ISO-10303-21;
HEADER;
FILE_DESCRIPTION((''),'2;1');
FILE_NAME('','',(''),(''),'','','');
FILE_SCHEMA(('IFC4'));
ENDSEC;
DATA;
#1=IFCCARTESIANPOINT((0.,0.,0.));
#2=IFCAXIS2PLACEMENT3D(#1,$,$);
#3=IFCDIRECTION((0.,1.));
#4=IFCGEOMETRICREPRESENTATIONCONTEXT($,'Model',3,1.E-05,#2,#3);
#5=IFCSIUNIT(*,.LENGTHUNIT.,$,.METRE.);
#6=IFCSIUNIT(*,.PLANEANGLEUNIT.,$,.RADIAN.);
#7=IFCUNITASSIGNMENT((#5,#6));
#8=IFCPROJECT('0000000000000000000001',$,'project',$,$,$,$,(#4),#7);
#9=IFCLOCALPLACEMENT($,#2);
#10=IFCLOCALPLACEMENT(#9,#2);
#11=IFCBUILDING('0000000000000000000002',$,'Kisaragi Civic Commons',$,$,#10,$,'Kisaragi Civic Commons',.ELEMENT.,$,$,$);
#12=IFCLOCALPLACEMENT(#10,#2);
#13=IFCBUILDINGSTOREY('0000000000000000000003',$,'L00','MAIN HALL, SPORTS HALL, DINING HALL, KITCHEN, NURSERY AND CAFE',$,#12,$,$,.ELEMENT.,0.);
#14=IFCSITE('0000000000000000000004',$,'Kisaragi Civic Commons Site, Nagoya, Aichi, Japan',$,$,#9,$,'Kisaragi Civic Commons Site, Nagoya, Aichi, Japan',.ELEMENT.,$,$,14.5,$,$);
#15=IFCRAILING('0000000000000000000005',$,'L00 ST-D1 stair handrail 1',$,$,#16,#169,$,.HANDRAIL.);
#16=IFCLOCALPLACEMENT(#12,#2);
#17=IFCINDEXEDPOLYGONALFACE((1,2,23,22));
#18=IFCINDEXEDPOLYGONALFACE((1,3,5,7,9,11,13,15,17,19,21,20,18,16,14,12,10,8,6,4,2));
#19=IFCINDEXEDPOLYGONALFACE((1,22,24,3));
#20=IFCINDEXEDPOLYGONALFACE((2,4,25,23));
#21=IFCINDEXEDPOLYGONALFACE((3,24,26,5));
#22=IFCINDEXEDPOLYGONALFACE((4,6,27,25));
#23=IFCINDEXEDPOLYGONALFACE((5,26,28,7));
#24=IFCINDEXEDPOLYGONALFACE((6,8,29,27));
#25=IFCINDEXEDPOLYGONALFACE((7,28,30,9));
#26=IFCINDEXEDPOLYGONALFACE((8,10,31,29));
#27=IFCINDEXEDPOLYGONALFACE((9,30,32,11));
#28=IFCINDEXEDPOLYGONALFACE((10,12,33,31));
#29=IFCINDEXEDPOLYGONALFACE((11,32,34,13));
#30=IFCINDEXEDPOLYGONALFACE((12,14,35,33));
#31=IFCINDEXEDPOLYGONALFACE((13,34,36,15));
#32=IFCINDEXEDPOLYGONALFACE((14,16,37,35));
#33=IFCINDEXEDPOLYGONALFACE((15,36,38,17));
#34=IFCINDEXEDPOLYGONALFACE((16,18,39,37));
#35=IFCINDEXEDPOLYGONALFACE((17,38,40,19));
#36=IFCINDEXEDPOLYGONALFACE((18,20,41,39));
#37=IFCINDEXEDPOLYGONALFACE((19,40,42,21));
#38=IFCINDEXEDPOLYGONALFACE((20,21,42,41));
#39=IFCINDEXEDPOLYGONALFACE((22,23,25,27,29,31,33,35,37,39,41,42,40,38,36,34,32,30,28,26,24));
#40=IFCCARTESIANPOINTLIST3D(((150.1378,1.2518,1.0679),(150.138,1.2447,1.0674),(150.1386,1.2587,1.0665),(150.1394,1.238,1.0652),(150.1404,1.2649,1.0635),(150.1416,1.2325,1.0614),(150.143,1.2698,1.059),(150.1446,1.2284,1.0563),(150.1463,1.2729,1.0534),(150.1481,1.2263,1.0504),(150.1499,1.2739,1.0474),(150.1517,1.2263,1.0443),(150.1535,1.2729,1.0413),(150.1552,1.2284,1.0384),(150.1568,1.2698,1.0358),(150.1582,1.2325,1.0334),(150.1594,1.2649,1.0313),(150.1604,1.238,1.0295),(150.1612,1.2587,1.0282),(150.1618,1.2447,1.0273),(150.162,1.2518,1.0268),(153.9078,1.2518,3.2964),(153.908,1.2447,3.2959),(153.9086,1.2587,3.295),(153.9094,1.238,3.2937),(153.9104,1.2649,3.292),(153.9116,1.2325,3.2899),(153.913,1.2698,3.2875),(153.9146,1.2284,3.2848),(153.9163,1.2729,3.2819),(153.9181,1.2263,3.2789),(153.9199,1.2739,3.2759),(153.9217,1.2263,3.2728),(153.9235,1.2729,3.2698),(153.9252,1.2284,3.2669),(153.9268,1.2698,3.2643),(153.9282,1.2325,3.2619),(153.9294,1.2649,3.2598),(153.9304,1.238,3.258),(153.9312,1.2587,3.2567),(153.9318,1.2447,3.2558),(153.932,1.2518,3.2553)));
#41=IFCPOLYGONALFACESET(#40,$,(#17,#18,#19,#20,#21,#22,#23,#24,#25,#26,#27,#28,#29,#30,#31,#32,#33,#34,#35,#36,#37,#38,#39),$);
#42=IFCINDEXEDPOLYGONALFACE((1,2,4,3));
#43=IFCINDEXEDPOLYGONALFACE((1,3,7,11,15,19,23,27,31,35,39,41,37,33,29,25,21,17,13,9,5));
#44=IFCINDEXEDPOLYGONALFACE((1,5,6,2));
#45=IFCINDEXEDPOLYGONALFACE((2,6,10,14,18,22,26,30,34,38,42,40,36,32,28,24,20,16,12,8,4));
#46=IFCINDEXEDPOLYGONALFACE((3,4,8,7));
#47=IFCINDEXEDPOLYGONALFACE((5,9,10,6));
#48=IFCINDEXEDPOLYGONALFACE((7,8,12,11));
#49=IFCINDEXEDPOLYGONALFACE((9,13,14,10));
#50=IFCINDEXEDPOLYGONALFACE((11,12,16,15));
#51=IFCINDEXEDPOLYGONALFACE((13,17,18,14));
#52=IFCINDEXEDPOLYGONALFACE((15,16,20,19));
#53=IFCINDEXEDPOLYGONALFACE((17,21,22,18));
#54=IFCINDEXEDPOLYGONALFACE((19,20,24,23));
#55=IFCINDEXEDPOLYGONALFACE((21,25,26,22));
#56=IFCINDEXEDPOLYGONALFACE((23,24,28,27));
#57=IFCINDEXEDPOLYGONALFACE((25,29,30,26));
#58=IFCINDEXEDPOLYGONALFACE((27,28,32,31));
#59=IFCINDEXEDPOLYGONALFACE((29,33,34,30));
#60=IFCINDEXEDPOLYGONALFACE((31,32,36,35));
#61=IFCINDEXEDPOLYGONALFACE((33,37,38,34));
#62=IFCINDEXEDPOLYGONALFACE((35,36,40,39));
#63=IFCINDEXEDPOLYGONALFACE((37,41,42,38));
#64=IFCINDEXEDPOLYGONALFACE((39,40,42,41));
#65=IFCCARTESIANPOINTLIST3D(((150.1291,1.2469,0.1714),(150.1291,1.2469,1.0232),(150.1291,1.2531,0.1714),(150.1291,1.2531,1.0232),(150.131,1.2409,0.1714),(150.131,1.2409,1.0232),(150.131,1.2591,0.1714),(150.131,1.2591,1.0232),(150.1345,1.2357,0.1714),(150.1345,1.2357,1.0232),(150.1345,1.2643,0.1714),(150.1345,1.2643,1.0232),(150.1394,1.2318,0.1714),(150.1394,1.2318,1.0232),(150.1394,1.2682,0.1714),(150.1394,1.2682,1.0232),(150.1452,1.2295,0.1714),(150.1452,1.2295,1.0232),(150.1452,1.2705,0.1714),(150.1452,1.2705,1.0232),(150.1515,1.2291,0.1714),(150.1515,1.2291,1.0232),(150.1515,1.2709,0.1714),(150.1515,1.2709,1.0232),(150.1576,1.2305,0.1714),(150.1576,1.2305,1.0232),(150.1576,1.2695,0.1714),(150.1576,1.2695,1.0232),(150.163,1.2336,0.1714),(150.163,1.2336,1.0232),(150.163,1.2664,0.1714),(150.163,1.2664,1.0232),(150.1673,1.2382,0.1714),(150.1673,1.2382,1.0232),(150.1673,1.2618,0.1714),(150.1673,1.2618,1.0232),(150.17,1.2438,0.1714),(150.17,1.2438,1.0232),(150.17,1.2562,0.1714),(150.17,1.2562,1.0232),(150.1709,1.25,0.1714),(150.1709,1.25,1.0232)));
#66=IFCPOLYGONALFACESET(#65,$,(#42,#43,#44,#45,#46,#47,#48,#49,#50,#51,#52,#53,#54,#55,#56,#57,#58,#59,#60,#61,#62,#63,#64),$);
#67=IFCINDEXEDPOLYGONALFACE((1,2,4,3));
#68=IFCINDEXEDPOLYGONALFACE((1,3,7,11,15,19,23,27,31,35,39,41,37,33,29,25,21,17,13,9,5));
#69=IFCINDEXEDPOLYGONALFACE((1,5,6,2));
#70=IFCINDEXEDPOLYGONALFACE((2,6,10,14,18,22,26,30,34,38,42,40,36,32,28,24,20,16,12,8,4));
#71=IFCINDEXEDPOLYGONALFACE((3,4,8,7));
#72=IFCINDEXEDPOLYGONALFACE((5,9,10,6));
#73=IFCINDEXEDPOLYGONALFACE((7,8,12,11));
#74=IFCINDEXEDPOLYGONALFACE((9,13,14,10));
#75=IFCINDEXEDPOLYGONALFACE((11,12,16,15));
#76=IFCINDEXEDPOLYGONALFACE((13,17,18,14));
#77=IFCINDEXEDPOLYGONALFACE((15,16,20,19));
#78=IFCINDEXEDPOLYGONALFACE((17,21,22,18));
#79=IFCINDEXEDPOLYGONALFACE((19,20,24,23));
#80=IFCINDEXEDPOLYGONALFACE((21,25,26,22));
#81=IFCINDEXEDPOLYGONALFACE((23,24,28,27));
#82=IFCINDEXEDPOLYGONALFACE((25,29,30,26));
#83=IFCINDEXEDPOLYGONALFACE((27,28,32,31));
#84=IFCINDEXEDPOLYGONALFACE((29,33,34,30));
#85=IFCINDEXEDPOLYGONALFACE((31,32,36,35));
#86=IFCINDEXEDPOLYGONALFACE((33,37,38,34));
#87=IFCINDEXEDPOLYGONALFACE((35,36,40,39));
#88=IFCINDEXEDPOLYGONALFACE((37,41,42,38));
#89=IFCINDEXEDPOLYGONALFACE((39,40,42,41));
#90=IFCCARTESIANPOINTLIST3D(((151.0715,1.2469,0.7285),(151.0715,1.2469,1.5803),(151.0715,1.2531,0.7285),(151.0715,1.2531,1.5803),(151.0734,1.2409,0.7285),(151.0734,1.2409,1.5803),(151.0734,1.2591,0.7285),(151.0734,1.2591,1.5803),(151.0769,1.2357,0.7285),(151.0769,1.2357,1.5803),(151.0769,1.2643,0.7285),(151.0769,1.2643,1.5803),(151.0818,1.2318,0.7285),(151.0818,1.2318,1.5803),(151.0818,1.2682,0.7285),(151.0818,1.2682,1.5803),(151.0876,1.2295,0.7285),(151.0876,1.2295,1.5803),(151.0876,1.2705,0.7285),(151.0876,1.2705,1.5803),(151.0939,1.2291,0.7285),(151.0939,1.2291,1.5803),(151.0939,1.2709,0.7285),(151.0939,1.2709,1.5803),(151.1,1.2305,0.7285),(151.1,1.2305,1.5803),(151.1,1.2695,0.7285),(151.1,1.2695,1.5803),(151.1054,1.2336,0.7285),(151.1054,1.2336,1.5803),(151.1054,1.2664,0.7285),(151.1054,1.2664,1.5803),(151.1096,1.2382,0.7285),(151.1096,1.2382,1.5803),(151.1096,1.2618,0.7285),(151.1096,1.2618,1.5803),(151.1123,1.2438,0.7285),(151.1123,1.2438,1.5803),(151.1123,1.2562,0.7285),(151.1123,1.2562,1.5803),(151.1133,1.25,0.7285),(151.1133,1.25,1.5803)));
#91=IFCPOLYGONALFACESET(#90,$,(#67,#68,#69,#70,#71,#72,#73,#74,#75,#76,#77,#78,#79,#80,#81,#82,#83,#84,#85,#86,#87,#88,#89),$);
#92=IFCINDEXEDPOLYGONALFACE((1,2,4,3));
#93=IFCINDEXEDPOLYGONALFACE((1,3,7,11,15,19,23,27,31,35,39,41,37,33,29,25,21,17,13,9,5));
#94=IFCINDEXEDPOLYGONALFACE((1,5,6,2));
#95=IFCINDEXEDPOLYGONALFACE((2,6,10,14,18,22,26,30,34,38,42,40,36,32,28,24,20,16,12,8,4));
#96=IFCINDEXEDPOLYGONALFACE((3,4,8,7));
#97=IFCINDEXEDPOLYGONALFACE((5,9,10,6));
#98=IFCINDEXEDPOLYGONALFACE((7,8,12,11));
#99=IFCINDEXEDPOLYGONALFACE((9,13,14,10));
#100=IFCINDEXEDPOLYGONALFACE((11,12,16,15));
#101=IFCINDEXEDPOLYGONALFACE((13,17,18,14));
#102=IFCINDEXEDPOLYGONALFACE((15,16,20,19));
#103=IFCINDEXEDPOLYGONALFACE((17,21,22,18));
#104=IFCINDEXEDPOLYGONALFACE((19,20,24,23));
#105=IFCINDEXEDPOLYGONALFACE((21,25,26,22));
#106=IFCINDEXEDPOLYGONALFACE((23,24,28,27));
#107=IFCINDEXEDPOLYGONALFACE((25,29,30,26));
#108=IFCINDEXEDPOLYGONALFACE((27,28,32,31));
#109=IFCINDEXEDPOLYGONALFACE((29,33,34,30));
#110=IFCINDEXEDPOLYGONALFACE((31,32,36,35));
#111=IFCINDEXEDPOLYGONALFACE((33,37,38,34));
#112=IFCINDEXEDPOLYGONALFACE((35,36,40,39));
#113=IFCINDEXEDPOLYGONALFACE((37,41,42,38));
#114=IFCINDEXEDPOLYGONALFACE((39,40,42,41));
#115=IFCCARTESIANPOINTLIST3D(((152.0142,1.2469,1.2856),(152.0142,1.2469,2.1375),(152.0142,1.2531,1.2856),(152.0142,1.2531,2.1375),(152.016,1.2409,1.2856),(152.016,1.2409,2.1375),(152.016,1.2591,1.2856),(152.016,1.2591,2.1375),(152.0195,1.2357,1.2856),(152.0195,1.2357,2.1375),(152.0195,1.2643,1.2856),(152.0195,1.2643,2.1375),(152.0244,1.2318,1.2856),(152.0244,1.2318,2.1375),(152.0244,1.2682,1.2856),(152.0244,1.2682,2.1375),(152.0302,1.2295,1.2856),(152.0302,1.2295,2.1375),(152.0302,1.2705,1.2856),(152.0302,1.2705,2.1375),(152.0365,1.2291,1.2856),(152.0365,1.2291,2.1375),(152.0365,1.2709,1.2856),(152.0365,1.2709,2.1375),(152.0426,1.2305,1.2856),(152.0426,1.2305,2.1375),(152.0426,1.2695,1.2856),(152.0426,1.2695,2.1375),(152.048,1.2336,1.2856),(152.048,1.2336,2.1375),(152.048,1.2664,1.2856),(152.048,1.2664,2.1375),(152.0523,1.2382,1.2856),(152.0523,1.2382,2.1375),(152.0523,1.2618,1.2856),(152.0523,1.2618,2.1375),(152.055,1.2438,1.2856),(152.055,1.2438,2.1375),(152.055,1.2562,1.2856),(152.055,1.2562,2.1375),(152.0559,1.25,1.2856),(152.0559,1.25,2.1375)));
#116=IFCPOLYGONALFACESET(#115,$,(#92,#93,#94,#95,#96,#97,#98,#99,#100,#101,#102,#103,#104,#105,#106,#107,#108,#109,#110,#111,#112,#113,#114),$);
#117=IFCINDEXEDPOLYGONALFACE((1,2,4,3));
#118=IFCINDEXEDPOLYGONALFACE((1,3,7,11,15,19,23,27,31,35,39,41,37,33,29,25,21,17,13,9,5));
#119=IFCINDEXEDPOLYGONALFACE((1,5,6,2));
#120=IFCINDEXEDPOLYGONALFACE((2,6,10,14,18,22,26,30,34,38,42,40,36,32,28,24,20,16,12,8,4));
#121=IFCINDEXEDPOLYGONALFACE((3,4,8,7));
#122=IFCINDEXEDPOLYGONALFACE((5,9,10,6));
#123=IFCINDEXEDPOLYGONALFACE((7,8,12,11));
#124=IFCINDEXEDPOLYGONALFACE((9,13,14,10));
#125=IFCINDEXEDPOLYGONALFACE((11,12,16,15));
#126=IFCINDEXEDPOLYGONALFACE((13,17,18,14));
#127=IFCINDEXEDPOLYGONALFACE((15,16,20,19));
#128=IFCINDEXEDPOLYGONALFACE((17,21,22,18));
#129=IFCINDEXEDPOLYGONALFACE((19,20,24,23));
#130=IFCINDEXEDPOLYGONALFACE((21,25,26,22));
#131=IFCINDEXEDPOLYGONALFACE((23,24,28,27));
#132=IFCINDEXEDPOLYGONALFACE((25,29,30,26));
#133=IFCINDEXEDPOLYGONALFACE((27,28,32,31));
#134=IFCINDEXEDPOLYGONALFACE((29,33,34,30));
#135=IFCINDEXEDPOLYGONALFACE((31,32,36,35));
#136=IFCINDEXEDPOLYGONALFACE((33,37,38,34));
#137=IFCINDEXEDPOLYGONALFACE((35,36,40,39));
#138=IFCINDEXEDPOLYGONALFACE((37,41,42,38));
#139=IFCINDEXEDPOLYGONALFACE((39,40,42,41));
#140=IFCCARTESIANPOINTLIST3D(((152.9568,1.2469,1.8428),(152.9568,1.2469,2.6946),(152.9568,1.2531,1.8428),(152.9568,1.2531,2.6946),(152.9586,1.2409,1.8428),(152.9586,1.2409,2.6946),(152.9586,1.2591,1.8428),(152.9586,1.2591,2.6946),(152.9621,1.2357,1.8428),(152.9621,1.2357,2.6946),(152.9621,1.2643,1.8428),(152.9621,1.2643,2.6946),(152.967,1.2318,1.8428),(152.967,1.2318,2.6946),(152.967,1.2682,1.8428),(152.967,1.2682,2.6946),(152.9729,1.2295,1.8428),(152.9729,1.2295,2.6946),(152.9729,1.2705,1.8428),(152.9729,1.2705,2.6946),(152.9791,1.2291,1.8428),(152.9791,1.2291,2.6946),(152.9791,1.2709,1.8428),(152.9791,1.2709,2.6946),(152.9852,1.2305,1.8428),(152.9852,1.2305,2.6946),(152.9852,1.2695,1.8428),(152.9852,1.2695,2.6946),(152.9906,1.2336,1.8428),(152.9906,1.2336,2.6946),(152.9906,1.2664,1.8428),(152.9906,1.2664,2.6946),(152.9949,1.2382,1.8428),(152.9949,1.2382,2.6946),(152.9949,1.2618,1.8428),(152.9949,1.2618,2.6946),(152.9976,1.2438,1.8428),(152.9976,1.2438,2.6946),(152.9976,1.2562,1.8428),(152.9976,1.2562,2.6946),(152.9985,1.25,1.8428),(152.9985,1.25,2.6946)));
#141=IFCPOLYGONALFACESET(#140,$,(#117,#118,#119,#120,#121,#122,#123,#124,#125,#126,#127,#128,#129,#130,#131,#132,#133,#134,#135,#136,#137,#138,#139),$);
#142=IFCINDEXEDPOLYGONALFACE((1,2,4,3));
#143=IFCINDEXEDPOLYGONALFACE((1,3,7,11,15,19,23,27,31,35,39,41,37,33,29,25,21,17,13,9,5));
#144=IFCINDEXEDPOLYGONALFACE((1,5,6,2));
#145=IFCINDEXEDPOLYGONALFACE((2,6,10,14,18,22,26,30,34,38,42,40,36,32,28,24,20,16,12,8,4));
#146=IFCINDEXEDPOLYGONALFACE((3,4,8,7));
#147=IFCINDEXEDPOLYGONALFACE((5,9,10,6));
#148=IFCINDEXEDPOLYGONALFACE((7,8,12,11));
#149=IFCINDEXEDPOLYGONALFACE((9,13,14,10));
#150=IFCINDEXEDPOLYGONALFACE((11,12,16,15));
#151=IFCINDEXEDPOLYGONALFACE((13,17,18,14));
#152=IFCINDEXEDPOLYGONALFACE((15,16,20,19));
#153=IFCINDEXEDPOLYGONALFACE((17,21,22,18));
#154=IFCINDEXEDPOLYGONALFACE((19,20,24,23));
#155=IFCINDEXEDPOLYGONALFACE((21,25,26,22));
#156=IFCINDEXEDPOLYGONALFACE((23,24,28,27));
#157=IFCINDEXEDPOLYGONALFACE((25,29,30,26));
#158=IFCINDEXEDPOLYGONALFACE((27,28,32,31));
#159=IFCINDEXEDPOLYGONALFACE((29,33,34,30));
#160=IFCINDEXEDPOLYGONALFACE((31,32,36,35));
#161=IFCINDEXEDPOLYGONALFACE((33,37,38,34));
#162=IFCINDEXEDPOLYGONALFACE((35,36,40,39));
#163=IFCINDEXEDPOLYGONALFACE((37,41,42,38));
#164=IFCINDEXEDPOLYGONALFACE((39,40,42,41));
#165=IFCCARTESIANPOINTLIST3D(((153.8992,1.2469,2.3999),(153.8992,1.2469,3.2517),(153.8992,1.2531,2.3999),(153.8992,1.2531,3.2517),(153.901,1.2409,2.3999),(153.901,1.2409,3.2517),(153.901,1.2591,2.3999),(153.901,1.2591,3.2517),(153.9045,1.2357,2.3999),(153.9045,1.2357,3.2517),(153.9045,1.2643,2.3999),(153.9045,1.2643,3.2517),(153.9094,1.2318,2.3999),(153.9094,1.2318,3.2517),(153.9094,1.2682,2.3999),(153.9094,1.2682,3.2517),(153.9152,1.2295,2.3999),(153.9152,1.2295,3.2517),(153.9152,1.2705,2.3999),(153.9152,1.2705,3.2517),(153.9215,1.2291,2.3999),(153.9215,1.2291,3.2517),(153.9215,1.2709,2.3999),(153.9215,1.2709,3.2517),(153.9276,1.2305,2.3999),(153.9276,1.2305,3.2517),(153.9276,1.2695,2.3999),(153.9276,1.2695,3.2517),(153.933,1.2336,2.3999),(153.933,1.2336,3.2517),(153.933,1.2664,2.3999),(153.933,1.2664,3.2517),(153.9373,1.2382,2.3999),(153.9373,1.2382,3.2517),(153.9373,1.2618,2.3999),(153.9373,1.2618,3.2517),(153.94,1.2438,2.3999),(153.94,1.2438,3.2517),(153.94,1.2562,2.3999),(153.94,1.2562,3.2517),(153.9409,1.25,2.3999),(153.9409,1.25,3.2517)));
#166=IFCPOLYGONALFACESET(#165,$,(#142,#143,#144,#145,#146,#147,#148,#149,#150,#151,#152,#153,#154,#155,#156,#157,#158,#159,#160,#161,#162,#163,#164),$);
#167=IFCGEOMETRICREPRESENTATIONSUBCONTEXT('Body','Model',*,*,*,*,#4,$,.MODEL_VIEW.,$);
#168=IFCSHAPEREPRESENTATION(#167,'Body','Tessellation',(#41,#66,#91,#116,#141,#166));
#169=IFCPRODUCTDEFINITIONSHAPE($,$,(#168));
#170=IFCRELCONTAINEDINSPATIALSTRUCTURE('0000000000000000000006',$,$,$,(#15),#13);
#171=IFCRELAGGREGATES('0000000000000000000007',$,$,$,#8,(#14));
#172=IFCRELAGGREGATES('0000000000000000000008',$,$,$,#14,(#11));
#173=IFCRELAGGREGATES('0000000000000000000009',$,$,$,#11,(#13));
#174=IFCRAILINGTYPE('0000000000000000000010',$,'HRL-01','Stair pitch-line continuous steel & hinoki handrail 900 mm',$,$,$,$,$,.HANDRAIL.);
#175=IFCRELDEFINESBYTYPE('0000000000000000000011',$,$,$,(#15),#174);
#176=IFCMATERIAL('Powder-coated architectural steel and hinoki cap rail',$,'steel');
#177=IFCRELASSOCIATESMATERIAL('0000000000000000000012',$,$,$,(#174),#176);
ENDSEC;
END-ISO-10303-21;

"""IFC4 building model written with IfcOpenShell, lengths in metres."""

from ifc_helpers import new_model, si_unit, direction, frame, origin, origin_2d, place, context, subcontext, project, spatial, circle, extrude, material, type_object, element, save


model = new_model("IFC4")

# Units and contexts
model_context = context("Model", 3, precision=1e-05, world=origin(), true_north=direction((0.0, 1.0)))
body_context = subcontext(model_context, "Body", "Model", "MODEL_VIEW")
ifc_project = project(units=[si_unit("LENGTHUNIT", "METRE"), si_unit("PLANEANGLEUNIT", "RADIAN")], contexts=[model_context])

# Site, building, storey
site_placement = place(None, origin())
site = spatial("IfcSite", under=ifc_project, at=site_placement, Name="Kisaragi Civic Commons Site, Nagoya, Aichi, Japan", LongName="Kisaragi Civic Commons Site, Nagoya, Aichi, Japan", CompositionType="ELEMENT", RefElevation=14.5)
building_placement = place(site_placement, origin())
building = spatial("IfcBuilding", under=site, at=building_placement, Name="Kisaragi Civic Commons", LongName="Kisaragi Civic Commons", CompositionType="ELEMENT")
storey_placement = place(building_placement, origin())
storey = spatial("IfcBuildingStorey", under=building, at=storey_placement, Name="L00", Description="MAIN HALL, SPORTS HALL, DINING HALL, KITCHEN, NURSERY AND CAFE", CompositionType="ELEMENT", Elevation=0.0)

# Railing
ifc_material_1 = material(Name="Powder-coated architectural steel and hinoki cap rail", Category="steel")
railing_type_1 = type_object("IfcRailingType", Name="HRL-01", Description="Stair pitch-line continuous steel & hinoki handrail 900 mm", PredefinedType="HANDRAIL", material=ifc_material_1)
railing_1_placement = place(storey_placement, frame((150.1499, 1.25, 0.1714)))
element("IfcRailing", 1, at=railing_1_placement, inside=storey, type_object=railing_type_1, Name="L00 ST-D1 stair handrail 1", PredefinedType="HANDRAIL", context=body_context, shape_type="SweptSolid", body=[
    extrude(circle(Radius=0.0239, at=origin_2d()), frame((0.0, 0.0, 0.876), z_axis=(0.860849, 0.0, 0.508861), x_axis=(0.0, 1.0, 0.0)), (0.0, 0.0, 1.0), 4.3794),
    extrude(circle(Radius=0.021, at=origin_2d()), origin(), (0.0, 0.0, 1.0), 0.8518),
    extrude(circle(Radius=0.021, at=origin_2d()), frame((0.9424, 0.0, 0.5571)), (0.0, 0.0, 1.0), 0.8518),
    extrude(circle(Radius=0.021, at=origin_2d()), frame((1.885, 0.0, 1.1143)), (0.0, 0.0, 1.0), 0.8518),
    extrude(circle(Radius=0.021, at=origin_2d()), frame((2.8276, 0.0, 1.6714)), (0.0, 0.0, 1.0), 0.8518),
    extrude(circle(Radius=0.021, at=origin_2d()), frame((3.77, 0.0, 2.2285)), (0.0, 0.0, 1.0), 0.8518),
])

save(model, "model.ifc")
